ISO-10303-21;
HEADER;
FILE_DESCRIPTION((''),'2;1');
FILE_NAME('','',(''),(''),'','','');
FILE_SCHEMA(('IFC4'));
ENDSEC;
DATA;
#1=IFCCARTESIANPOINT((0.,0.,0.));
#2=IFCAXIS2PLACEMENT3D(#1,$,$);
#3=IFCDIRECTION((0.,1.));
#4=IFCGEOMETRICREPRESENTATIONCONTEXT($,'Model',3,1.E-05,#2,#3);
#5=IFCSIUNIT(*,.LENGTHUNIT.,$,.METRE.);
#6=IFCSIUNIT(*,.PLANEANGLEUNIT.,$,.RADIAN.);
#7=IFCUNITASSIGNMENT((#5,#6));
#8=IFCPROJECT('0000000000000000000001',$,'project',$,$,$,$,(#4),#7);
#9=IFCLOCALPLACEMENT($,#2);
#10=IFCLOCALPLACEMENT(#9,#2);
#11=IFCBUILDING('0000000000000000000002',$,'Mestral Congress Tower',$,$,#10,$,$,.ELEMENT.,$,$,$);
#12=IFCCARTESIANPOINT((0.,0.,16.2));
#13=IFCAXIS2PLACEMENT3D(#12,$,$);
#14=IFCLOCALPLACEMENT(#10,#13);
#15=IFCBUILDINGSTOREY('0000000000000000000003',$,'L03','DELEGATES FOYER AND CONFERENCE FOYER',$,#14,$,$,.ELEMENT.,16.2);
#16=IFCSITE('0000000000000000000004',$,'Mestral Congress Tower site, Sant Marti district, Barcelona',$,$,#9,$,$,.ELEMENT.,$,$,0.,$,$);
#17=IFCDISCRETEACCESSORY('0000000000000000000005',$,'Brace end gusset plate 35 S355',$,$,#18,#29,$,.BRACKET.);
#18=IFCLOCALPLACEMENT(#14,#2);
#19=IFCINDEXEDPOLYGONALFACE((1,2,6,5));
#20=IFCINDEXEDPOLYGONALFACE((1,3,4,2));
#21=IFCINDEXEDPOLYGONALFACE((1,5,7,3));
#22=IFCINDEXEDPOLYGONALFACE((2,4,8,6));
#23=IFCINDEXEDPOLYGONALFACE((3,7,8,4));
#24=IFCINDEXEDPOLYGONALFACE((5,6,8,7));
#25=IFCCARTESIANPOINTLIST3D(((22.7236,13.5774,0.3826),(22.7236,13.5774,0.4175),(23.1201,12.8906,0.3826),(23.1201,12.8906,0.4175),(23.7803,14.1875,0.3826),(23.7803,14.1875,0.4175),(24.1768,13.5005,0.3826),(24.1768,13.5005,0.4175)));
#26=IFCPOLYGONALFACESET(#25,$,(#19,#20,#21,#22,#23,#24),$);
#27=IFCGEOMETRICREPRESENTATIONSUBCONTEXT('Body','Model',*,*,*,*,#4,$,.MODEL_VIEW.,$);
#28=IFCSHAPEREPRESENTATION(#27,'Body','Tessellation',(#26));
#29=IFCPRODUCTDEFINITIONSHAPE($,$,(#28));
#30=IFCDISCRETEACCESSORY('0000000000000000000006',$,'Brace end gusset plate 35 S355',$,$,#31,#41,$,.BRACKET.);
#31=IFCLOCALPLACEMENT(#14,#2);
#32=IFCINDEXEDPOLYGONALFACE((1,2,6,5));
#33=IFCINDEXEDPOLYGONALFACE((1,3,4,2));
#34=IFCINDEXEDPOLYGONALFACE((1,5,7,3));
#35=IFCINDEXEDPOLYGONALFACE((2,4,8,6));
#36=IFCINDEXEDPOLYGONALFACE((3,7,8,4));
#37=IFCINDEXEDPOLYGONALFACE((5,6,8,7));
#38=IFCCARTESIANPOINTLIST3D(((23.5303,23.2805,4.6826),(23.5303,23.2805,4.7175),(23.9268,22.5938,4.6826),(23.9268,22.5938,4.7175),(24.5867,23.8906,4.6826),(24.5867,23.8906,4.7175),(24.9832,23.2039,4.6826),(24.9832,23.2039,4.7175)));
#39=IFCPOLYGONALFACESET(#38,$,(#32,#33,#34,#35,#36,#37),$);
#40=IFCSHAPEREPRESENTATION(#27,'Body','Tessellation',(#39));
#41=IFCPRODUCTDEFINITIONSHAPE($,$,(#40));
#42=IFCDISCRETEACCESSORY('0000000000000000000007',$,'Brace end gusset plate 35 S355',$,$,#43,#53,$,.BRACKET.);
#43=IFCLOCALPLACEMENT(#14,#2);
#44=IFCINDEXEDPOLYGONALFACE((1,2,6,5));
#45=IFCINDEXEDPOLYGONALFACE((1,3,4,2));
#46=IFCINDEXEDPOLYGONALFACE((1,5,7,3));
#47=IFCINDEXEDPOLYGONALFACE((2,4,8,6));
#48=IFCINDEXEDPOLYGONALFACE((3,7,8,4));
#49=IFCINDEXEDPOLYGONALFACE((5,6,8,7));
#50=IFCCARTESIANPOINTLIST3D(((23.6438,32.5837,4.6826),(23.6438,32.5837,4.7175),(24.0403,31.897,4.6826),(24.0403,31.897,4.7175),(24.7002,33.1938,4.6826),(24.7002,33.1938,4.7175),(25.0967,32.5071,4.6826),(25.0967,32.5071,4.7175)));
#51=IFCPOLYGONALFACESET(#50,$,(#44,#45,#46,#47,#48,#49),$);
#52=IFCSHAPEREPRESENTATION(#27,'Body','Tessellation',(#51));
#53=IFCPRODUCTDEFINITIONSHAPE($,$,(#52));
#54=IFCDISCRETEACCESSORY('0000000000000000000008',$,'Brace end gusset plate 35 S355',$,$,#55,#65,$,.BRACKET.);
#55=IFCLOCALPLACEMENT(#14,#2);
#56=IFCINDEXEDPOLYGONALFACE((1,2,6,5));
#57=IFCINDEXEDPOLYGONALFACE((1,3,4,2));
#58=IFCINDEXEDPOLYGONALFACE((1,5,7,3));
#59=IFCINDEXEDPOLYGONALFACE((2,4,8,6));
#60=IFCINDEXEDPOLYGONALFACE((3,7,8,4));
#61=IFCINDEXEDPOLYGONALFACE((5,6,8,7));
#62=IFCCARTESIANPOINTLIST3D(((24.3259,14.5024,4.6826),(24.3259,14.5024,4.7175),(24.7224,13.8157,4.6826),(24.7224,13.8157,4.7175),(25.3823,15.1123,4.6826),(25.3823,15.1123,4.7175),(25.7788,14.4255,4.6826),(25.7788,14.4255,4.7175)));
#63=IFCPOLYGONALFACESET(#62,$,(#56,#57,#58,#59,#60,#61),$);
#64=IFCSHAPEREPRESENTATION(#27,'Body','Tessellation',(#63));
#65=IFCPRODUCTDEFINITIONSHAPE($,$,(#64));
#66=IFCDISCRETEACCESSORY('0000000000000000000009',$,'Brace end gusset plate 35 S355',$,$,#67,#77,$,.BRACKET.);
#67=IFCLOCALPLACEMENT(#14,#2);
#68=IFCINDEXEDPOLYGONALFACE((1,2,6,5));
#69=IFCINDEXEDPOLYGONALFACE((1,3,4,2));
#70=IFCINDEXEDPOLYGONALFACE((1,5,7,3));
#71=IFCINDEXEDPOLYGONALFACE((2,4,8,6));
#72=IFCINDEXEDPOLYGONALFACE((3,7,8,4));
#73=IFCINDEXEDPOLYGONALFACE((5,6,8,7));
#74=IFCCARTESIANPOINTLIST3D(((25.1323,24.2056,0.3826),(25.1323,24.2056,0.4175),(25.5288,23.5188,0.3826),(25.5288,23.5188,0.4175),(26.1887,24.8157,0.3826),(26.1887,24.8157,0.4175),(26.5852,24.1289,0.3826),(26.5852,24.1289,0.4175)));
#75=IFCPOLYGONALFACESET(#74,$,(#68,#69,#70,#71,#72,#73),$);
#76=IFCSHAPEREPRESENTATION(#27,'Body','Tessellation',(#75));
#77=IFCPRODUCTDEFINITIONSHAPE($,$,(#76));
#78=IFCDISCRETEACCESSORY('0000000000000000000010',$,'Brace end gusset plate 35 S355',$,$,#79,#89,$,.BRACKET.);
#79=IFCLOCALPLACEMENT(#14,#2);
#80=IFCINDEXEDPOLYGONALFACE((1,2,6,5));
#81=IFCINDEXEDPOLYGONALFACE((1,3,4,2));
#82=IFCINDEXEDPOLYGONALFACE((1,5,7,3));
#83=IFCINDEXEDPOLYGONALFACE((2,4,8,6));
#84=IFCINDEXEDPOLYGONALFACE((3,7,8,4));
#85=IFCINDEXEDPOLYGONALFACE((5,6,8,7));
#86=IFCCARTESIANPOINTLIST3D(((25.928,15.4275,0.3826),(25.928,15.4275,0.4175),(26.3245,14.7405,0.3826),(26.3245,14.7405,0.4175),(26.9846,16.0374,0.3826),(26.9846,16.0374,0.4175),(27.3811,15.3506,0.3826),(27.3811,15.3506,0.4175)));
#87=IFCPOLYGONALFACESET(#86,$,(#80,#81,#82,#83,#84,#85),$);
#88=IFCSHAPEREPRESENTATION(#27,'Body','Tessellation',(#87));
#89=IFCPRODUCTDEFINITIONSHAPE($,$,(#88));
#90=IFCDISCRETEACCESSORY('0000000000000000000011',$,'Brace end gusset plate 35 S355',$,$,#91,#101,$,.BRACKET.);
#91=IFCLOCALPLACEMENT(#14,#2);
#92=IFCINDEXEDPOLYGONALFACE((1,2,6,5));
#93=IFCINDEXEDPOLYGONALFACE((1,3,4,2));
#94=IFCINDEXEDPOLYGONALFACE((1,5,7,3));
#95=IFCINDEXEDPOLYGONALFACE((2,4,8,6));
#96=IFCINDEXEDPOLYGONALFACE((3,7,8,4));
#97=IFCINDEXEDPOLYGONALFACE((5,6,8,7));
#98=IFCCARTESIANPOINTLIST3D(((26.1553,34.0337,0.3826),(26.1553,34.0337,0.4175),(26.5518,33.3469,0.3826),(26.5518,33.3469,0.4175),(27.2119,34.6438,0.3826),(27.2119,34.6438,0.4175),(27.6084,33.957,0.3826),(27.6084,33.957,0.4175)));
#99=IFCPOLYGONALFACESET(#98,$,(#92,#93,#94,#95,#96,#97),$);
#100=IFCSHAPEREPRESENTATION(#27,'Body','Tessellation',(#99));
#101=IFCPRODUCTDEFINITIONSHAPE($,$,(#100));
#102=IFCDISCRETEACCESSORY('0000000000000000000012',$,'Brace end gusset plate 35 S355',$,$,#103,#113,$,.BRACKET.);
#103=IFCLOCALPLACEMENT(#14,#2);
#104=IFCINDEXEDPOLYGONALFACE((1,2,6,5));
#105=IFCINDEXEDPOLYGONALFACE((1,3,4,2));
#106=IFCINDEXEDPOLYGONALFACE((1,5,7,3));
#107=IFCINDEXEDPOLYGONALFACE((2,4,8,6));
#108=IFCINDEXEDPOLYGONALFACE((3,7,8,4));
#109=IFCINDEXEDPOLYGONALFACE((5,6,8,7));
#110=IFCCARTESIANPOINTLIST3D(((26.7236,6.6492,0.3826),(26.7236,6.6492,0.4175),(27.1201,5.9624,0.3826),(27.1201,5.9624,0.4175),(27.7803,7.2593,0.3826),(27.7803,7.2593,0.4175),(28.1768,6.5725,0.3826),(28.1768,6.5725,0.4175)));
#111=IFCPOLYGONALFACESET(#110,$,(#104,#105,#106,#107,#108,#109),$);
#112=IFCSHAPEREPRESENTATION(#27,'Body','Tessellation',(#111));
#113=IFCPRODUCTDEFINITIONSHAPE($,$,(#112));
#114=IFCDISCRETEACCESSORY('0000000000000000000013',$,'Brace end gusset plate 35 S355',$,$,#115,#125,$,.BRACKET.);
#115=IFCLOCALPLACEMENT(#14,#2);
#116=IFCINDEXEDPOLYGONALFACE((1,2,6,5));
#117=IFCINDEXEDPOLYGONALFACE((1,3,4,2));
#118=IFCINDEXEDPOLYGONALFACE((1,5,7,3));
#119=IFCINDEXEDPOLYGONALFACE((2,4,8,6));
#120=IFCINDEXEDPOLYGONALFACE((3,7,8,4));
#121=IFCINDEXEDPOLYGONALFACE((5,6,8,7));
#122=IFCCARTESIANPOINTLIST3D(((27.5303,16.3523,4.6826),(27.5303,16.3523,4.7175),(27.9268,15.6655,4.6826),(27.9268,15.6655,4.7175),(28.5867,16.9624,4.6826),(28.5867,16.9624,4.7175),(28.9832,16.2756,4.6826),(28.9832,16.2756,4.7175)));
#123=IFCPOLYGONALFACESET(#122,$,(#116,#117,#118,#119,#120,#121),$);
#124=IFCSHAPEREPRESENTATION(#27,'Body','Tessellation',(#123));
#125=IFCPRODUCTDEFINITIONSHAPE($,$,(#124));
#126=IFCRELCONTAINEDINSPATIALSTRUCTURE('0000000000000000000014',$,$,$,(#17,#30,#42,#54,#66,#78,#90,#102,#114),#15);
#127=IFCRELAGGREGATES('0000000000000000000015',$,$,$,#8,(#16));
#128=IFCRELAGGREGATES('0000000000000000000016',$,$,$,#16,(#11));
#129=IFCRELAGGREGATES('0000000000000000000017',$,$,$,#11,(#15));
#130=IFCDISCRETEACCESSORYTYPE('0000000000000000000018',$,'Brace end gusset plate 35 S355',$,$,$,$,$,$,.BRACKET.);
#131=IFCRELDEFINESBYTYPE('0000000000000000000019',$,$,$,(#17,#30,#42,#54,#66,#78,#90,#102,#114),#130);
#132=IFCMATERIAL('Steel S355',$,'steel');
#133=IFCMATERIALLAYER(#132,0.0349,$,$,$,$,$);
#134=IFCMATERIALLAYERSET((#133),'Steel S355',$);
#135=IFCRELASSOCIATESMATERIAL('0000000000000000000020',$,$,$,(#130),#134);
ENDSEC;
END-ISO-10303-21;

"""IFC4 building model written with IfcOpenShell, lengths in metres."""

from ifc_helpers import new_model, si_unit, direction, frame, origin, place, context, subcontext, project, spatial, polyline, outline, extrude, material, layer, layer_set, type_object, element, save


model = new_model("IFC4")

# Units and contexts
model_context = context("Model", 3, precision=1e-05, world=origin(), true_north=direction((0.0, 1.0)))
body_context = subcontext(model_context, "Body", "Model", "MODEL_VIEW")
ifc_project = project(units=[si_unit("LENGTHUNIT", "METRE"), si_unit("PLANEANGLEUNIT", "RADIAN")], contexts=[model_context])

# Site, building, storey
site_placement = place(None, origin())
site = spatial("IfcSite", under=ifc_project, at=site_placement, Name="Mestral Congress Tower site, Sant Marti district, Barcelona", CompositionType="ELEMENT", RefElevation=0.0)
building_placement = place(site_placement, origin())
building = spatial("IfcBuilding", under=site, at=building_placement, Name="Mestral Congress Tower", CompositionType="ELEMENT")
storey_placement = place(building_placement, frame((0.0, 0.0, 16.2)))
storey = spatial("IfcBuildingStorey", under=building, at=storey_placement, Name="L03", Description="DELEGATES FOYER AND CONFERENCE FOYER", CompositionType="ELEMENT", Elevation=16.2)

# Discrete accessories
ifc_material_1 = material(Name="Steel S355", Category="steel")
ifc_layer_1 = layer(ifc_material_1, 0.0349)
ifc_layer_set_1 = layer_set([ifc_layer_1], Name="Steel S355")
discrete_accessory_type_1 = type_object("IfcDiscreteAccessoryType", Name="Brace end gusset plate 35 S355", PredefinedType="BRACKET", material=ifc_layer_set_1)
placement_1 = place(storey_placement, frame((0.0, 0.0, 0.3826)))
placement_2 = place(storey_placement, frame((0.0, 0.0, 4.6826)))
element("IfcDiscreteAccessory", 1, at=placement_1, inside=storey, type_object=discrete_accessory_type_1, Name="Brace end gusset plate 35 S355", PredefinedType="BRACKET", context=body_context, shape_type="SweptSolid", body=[
    extrude(outline(polyline([(23.1201, 12.8906), (24.1768, 13.5005), (23.7803, 14.1875), (22.7236, 13.5774), (23.1201, 12.8906)])), origin(), (0.0, 0.0, 1.0), 0.0349),
])
element("IfcDiscreteAccessory", 2, at=placement_2, inside=storey, type_object=discrete_accessory_type_1, Name="Brace end gusset plate 35 S355", PredefinedType="BRACKET", context=body_context, shape_type="SweptSolid", body=[
    extrude(outline(polyline([(24.5867, 23.8906), (23.5303, 23.2805), (23.9268, 22.5938), (24.9832, 23.2039), (24.5867, 23.8906)])), origin(), (0.0, 0.0, 1.0), 0.0349),
])
element("IfcDiscreteAccessory", 3, at=placement_2, inside=storey, type_object=discrete_accessory_type_1, Name="Brace end gusset plate 35 S355", PredefinedType="BRACKET", context=body_context, shape_type="SweptSolid", body=[
    extrude(outline(polyline([(24.7002, 33.1938), (23.6438, 32.5837), (24.0403, 31.897), (25.0967, 32.5071), (24.7002, 33.1938)])), origin(), (0.0, 0.0, 1.0), 0.0349),
])
element("IfcDiscreteAccessory", 4, at=placement_2, inside=storey, type_object=discrete_accessory_type_1, Name="Brace end gusset plate 35 S355", PredefinedType="BRACKET", context=body_context, shape_type="SweptSolid", body=[
    extrude(outline(polyline([(25.3823, 15.1123), (24.3259, 14.5024), (24.7224, 13.8157), (25.7788, 14.4255), (25.3823, 15.1123)])), origin(), (0.0, 0.0, 1.0), 0.0349),
])
element("IfcDiscreteAccessory", 5, at=placement_1, inside=storey, type_object=discrete_accessory_type_1, Name="Brace end gusset plate 35 S355", PredefinedType="BRACKET", context=body_context, shape_type="SweptSolid", body=[
    extrude(outline(polyline([(26.1887, 24.8157), (25.1323, 24.2056), (25.5288, 23.5188), (26.5852, 24.1289), (26.1887, 24.8157)])), origin(), (0.0, 0.0, 1.0), 0.0349),
])
element("IfcDiscreteAccessory", 6, at=placement_1, inside=storey, type_object=discrete_accessory_type_1, Name="Brace end gusset plate 35 S355", PredefinedType="BRACKET", context=body_context, shape_type="SweptSolid", body=[
    extrude(outline(polyline([(26.9846, 16.0374), (25.928, 15.4275), (26.3245, 14.7405), (27.3811, 15.3506), (26.9846, 16.0374)])), origin(), (0.0, 0.0, 1.0), 0.0349),
])
element("IfcDiscreteAccessory", 7, at=placement_1, inside=storey, type_object=discrete_accessory_type_1, Name="Brace end gusset plate 35 S355", PredefinedType="BRACKET", context=body_context, shape_type="SweptSolid", body=[
    extrude(outline(polyline([(27.2119, 34.6438), (26.1553, 34.0337), (26.5518, 33.3469), (27.6084, 33.957), (27.2119, 34.6438)])), origin(), (0.0, 0.0, 1.0), 0.0349),
])
element("IfcDiscreteAccessory", 8, at=placement_1, inside=storey, type_object=discrete_accessory_type_1, Name="Brace end gusset plate 35 S355", PredefinedType="BRACKET", context=body_context, shape_type="SweptSolid", body=[
    extrude(outline(polyline([(27.1201, 5.9624), (28.1768, 6.5725), (27.7803, 7.2593), (26.7236, 6.6492), (27.1201, 5.9624)])), origin(), (0.0, 0.0, 1.0), 0.0349),
])
element("IfcDiscreteAccessory", 9, at=placement_2, inside=storey, type_object=discrete_accessory_type_1, Name="Brace end gusset plate 35 S355", PredefinedType="BRACKET", context=body_context, shape_type="SweptSolid", body=[
    extrude(outline(polyline([(28.5867, 16.9624), (27.5303, 16.3523), (27.9268, 15.6655), (28.9832, 16.2756), (28.5867, 16.9624)])), origin(), (0.0, 0.0, 1.0), 0.0349),
])

save(model, "model.ifc")
